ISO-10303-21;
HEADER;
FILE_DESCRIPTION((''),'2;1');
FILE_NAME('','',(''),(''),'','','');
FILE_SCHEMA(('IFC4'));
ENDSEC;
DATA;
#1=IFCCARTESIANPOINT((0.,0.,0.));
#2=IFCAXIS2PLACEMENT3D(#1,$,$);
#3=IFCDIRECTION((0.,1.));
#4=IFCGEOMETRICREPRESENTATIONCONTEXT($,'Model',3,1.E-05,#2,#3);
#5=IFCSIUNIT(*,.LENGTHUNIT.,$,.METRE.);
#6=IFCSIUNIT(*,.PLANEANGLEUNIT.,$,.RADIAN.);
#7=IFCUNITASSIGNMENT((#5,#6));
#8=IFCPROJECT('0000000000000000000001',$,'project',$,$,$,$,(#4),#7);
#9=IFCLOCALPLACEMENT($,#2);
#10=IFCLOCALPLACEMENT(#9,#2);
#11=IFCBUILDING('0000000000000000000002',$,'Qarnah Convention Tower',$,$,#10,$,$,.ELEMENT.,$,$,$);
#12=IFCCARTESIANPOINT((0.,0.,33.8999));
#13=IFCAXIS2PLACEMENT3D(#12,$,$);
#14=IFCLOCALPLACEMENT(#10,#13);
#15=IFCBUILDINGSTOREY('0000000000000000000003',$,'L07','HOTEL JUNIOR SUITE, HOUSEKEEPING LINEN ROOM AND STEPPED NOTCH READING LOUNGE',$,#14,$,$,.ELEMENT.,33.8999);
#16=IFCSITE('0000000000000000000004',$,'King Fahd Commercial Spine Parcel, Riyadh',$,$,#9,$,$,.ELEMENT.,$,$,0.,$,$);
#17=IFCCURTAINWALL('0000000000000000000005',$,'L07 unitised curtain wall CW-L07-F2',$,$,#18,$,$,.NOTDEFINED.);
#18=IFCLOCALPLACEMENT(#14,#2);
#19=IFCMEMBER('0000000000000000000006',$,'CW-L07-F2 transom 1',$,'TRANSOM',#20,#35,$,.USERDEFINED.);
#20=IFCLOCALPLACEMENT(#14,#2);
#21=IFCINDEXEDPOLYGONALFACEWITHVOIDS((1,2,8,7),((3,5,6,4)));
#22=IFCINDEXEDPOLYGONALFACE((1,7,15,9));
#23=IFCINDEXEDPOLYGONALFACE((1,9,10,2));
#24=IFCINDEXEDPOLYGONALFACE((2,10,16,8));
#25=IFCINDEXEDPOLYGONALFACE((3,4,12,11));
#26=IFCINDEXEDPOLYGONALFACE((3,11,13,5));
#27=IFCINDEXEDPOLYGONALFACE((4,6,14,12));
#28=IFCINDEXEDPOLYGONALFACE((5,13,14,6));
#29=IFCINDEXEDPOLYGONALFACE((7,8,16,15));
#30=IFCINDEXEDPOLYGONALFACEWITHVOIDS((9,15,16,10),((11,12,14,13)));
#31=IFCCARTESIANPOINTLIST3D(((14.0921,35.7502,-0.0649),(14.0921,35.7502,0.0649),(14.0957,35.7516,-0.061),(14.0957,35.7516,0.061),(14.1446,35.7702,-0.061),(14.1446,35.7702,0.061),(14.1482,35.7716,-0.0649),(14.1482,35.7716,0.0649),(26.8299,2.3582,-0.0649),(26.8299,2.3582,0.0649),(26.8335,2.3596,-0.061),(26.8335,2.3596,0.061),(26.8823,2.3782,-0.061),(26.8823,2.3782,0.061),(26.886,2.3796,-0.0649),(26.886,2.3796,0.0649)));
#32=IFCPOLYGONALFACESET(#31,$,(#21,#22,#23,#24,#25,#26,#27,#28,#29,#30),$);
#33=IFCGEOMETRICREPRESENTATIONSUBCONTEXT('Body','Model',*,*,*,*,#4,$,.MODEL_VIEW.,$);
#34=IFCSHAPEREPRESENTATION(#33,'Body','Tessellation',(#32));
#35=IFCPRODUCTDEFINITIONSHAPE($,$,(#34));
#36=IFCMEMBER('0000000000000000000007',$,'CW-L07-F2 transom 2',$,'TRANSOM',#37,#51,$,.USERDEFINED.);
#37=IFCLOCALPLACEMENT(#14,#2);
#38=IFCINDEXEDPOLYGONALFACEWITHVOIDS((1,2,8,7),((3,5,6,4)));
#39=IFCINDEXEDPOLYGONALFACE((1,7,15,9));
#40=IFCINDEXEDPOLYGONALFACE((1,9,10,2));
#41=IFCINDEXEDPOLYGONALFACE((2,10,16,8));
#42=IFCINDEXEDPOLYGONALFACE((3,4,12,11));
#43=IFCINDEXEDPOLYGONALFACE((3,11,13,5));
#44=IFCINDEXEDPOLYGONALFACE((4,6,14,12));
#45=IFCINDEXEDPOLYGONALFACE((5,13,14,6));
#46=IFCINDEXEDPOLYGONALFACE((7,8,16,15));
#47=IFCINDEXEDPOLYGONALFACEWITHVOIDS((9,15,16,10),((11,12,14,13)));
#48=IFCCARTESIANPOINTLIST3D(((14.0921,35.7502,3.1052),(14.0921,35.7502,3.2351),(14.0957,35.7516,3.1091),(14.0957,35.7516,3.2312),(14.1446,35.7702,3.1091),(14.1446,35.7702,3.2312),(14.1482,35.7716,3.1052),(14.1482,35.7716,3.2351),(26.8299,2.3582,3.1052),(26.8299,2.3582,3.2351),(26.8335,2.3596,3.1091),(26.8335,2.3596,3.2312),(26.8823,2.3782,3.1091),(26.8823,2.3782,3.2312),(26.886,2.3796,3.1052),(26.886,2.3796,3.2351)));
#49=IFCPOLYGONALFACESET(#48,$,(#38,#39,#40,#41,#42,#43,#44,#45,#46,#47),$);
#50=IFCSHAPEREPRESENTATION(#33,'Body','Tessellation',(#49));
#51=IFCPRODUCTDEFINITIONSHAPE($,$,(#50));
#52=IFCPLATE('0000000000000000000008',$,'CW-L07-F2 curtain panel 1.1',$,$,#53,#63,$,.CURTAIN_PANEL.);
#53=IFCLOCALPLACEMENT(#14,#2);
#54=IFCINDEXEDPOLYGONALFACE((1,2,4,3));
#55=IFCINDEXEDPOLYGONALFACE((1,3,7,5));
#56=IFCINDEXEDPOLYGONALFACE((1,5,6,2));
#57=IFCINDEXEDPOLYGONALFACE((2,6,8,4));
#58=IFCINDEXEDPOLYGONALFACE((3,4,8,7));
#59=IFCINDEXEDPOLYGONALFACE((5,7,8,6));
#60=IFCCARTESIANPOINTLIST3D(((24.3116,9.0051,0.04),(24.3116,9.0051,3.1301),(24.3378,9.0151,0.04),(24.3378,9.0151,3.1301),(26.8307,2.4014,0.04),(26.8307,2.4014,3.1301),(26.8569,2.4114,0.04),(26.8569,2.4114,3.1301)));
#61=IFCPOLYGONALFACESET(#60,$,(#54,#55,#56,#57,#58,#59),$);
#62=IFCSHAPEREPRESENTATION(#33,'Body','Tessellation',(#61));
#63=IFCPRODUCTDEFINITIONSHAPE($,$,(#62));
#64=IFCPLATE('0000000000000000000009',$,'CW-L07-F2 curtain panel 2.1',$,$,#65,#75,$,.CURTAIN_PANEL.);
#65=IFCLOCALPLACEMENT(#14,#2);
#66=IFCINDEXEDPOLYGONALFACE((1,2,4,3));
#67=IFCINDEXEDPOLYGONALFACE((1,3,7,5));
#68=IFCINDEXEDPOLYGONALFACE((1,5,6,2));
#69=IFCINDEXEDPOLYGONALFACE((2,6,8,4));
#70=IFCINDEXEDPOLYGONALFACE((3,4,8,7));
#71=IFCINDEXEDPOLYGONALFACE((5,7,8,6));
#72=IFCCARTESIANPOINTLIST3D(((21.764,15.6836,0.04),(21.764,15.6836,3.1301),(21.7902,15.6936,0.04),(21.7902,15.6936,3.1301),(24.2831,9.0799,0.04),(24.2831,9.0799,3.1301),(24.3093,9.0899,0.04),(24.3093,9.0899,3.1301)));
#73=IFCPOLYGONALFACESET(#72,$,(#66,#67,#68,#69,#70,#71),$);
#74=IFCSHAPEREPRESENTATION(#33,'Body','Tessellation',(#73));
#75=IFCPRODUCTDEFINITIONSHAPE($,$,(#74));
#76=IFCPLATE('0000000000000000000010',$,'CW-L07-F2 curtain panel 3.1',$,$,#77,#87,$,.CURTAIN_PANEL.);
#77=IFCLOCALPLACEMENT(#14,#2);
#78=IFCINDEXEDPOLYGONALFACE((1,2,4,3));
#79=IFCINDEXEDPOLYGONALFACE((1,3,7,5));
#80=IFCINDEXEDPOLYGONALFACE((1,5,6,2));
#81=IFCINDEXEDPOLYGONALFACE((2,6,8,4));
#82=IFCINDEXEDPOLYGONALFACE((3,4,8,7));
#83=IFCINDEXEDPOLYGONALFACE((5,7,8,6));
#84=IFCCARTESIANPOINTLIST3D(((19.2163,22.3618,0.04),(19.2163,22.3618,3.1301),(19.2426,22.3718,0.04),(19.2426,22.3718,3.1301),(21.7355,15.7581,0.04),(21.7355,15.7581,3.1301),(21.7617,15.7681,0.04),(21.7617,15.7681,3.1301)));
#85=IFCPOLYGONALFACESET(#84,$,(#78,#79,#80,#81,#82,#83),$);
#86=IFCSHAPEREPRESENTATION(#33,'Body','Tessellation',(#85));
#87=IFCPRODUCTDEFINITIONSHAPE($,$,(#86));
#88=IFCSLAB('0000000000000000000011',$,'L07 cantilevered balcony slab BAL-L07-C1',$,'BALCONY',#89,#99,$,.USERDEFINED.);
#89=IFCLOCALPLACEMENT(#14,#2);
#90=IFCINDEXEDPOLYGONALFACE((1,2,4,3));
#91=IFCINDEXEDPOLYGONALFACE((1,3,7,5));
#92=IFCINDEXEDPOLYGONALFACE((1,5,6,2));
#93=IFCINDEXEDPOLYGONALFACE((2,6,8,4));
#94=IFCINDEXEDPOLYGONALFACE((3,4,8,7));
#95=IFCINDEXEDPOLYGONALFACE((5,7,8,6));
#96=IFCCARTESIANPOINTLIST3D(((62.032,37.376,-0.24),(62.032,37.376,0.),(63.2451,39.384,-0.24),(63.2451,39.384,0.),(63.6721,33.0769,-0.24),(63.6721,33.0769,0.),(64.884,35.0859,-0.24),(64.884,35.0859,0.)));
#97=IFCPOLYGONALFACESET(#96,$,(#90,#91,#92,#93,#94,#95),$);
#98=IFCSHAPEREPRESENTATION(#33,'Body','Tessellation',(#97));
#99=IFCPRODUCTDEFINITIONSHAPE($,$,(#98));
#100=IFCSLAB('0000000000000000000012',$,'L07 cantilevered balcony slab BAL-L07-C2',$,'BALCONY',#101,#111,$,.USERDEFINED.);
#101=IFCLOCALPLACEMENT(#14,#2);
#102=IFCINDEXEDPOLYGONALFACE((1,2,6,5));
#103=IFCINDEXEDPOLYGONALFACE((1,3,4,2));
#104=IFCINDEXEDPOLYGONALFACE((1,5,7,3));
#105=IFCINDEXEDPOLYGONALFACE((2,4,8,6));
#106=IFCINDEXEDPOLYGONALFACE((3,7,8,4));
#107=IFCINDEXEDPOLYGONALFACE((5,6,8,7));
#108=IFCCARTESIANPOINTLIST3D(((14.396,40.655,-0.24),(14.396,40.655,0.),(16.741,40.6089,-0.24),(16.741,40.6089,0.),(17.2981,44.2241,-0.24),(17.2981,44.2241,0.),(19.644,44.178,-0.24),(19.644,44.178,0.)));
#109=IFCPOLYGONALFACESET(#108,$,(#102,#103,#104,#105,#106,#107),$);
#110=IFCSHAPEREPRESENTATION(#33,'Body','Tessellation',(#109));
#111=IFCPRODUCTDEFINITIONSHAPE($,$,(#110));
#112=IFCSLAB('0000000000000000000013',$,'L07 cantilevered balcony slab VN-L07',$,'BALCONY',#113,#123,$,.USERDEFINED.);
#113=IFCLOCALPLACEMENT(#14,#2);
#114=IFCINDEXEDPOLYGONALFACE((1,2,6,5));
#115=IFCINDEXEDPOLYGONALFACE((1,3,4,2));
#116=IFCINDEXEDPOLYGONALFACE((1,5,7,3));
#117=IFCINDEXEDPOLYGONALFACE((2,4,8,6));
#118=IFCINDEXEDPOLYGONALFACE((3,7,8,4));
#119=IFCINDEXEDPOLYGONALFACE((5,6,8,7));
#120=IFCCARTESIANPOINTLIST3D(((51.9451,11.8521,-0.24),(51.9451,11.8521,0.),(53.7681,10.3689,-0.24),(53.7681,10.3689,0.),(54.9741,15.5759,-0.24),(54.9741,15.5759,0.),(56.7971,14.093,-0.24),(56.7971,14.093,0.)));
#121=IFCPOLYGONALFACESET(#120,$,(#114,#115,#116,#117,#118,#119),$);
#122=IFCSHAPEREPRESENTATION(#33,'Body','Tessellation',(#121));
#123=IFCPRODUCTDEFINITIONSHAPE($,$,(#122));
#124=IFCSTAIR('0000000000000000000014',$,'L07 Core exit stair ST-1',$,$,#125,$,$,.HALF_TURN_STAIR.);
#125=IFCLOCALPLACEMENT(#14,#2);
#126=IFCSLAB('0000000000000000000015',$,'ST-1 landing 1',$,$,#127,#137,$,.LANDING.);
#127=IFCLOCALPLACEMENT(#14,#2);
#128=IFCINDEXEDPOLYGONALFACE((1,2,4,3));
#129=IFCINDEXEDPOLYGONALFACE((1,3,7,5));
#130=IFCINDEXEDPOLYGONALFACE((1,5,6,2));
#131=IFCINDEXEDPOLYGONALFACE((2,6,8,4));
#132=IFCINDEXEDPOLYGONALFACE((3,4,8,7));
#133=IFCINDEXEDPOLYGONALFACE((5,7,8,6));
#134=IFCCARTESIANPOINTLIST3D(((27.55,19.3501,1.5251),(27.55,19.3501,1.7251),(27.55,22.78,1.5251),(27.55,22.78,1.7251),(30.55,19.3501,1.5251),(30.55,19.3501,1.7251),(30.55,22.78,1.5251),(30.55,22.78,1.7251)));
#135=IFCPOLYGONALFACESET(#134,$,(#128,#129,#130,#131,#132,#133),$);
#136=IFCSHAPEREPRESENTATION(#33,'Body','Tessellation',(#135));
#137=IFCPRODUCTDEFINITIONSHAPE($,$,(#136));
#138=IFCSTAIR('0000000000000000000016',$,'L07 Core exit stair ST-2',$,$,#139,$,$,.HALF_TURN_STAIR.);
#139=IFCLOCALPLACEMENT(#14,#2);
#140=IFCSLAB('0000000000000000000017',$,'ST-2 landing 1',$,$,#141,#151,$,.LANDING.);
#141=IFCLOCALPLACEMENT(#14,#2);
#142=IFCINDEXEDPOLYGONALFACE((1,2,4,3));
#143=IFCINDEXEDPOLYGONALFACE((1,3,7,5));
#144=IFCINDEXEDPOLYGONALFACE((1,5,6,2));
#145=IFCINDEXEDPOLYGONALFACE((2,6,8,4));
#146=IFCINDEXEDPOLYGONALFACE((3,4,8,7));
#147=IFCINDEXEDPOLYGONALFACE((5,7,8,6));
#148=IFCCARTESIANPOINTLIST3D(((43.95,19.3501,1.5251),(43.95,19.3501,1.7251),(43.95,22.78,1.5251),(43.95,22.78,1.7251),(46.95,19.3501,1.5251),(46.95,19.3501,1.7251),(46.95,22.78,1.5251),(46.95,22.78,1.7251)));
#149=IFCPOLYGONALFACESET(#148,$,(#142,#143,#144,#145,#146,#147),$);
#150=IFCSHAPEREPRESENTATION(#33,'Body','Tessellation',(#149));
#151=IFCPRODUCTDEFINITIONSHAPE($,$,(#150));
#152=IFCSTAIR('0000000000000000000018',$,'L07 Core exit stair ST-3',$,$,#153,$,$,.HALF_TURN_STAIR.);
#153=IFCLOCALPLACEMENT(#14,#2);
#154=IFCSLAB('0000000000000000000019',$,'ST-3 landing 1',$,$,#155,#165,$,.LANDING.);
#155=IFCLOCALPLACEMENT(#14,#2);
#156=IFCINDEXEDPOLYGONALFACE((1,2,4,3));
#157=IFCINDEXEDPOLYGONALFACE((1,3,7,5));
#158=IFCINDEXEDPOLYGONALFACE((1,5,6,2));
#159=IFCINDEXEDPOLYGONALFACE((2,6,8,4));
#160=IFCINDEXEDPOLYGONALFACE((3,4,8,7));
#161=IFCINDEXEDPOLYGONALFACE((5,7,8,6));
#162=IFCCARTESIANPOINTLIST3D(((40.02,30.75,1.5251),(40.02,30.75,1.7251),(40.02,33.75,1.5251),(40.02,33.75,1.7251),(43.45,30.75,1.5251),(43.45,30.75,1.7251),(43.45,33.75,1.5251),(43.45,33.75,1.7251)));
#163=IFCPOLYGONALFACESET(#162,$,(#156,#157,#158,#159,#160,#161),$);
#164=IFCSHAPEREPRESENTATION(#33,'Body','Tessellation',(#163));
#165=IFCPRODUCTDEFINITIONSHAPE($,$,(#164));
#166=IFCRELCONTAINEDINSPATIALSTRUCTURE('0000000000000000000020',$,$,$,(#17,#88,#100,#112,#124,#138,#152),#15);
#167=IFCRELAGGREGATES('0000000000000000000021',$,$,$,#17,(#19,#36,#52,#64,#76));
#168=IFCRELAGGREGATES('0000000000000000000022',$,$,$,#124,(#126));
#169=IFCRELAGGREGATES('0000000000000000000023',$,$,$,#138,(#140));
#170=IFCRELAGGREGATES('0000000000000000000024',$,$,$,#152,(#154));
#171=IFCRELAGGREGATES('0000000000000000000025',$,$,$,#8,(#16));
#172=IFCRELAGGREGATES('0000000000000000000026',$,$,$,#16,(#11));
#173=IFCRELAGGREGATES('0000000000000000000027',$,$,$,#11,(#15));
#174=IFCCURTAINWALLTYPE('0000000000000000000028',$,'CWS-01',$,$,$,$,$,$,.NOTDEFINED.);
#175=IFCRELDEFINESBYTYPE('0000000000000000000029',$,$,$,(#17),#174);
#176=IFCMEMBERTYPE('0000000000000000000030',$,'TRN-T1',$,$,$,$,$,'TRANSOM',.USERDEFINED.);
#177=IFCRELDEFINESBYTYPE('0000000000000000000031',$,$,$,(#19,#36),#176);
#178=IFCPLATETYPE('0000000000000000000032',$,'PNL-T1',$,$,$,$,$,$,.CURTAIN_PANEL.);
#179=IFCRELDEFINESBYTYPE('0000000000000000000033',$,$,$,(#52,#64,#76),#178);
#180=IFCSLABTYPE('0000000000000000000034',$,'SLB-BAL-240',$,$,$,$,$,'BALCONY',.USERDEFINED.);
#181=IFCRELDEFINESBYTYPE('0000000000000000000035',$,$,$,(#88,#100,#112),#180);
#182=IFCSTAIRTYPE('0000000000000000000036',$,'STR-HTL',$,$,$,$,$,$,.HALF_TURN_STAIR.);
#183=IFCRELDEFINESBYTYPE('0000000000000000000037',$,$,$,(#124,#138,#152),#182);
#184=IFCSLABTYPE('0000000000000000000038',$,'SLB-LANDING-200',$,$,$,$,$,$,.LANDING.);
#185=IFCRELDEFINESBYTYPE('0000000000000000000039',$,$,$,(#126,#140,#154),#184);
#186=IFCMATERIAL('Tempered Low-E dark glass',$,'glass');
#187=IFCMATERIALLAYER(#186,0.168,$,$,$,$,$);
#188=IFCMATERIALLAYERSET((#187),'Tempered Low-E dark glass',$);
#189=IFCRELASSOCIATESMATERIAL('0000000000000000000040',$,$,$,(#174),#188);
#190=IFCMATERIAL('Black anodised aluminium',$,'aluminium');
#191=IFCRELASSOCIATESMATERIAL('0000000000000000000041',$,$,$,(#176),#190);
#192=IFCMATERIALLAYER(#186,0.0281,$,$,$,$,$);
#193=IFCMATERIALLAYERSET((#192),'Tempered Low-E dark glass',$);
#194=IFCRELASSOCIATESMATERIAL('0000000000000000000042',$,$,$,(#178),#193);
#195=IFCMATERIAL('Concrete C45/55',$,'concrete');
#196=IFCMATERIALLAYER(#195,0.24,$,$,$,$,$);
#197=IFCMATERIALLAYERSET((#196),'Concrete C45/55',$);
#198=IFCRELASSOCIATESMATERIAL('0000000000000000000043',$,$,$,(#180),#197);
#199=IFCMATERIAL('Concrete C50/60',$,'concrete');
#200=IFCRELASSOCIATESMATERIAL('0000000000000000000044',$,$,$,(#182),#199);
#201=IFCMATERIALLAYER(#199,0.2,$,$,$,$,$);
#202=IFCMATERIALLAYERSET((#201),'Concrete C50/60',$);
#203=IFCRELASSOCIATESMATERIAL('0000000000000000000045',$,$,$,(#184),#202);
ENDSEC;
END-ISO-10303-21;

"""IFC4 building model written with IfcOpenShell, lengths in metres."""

from ifc_helpers import new_model, si_unit, direction, frame, origin, origin_2d, place, context, subcontext, project, spatial, polyline, rectangle, hollow_rectangle, outline, extrude, material, layer, layer_set, material_profile, profile_set, type_object, element, aggregate, save


model = new_model("IFC4")

# Units and contexts
model_context = context("Model", 3, precision=1e-05, world=origin(), true_north=direction((0.0, 1.0)))
body_context = subcontext(model_context, "Body", "Model", "MODEL_VIEW")
ifc_project = project(units=[si_unit("LENGTHUNIT", "METRE"), si_unit("PLANEANGLEUNIT", "RADIAN")], contexts=[model_context])

# Site, building, storey
site_placement = place(None, origin())
site = spatial("IfcSite", under=ifc_project, at=site_placement, Name="King Fahd Commercial Spine Parcel, Riyadh", CompositionType="ELEMENT", RefElevation=0.0)
building_placement = place(site_placement, origin())
building = spatial("IfcBuilding", under=site, at=building_placement, Name="Qarnah Convention Tower", CompositionType="ELEMENT")
storey_placement = place(building_placement, frame((0.0, 0.0, 33.8999)))
storey = spatial("IfcBuildingStorey", under=building, at=storey_placement, Name="L07", Description="HOTEL JUNIOR SUITE, HOUSEKEEPING LINEN ROOM AND STEPPED NOTCH READING LOUNGE", CompositionType="ELEMENT", Elevation=33.8999)

# Curtain wall, members, plates
ifc_material_1 = material(Name="Tempered Low-E dark glass", Category="glass")
ifc_layer_1 = layer(ifc_material_1, 0.168)
ifc_layer_set_1 = layer_set([ifc_layer_1], Name="Tempered Low-E dark glass")
curtain_wall_type = type_object("IfcCurtainWallType", Name="CWS-01", PredefinedType="NOTDEFINED", material=ifc_layer_set_1)
curtain_wall_placement = place(storey_placement, origin())
curtain_wall = element("IfcCurtainWall", 1, at=curtain_wall_placement, inside=storey, type_object=curtain_wall_type, Name="L07 unitised curtain wall CW-L07-F2", PredefinedType="NOTDEFINED")
ifc_material_2 = material(Name="Black anodised aluminium", Category="aluminium")
ifc_material_profile_1 = material_profile(ifc_material_2, hollow_rectangle(XDim=0.0601, YDim=0.1299, WallThickness=0.0039, at=origin_2d()), Name="TRN-60X130")
ifc_profile_set_1 = profile_set([ifc_material_profile_1], Name="Black anodised aluminium")
member_type_1 = type_object("IfcMemberType", Name="TRN-T1", ElementType="TRANSOM", PredefinedType="USERDEFINED", material=ifc_profile_set_1)
member_1_placement = place(storey_placement, frame((26.8579, 2.3689, 0.0), z_axis=(-0.356411, 0.934329, 0.0), x_axis=(-0.934329, -0.356411, 0.0)))
member_1 = element("IfcMember", 2, at=member_1_placement, type_object=member_type_1, Name="CW-L07-F2 transom 1", ObjectType="TRANSOM", PredefinedType="USERDEFINED", context=body_context, shape_type="SweptSolid", body=[
    extrude(hollow_rectangle(XDim=0.0601, YDim=0.1299, WallThickness=0.0039, at=origin_2d()), origin(), (0.0, 0.0, 1.0), 35.739),
])
member_2_placement = place(storey_placement, frame((26.8579, 2.3689, 3.1702), z_axis=(-0.356411, 0.934329, 0.0), x_axis=(-0.934329, -0.356411, 0.0)))
member_2 = element("IfcMember", 3, at=member_2_placement, type_object=member_type_1, Name="CW-L07-F2 transom 2", ObjectType="TRANSOM", PredefinedType="USERDEFINED", context=body_context, shape_type="SweptSolid", body=[
    extrude(hollow_rectangle(XDim=0.0601, YDim=0.1299, WallThickness=0.0039, at=origin_2d()), origin(), (0.0, 0.0, 1.0), 35.739),
])
ifc_layer_2 = layer(ifc_material_1, 0.0281)
ifc_layer_set_2 = layer_set([ifc_layer_2], Name="Tempered Low-E dark glass")
plate_type = type_object("IfcPlateType", Name="PNL-T1", PredefinedType="CURTAIN_PANEL", material=ifc_layer_set_2)
plate_1_placement = place(storey_placement, frame((25.5842, 5.7083, 0.04), z_axis=(0.0, 0.0, 1.0), x_axis=(-0.356416, 0.934327, 0.0)))
plate_1 = element("IfcPlate", 4, at=plate_1_placement, type_object=plate_type, Name="CW-L07-F2 curtain panel 1.1", PredefinedType="CURTAIN_PANEL", context=body_context, shape_type="SweptSolid", body=[
    extrude(rectangle(XDim=7.0679, YDim=0.0281, at=origin_2d()), origin(), (0.0, 0.0, 1.0), 3.0901),
])
plate_2_placement = place(storey_placement, frame((23.0366, 12.3867, 0.04), z_axis=(0.0, 0.0, 1.0), x_axis=(-0.356416, 0.934327, 0.0)))
plate_2 = element("IfcPlate", 5, at=plate_2_placement, type_object=plate_type, Name="CW-L07-F2 curtain panel 2.1", PredefinedType="CURTAIN_PANEL", context=body_context, shape_type="SweptSolid", body=[
    extrude(rectangle(XDim=7.0679, YDim=0.0281, at=origin_2d()), origin(), (0.0, 0.0, 1.0), 3.0901),
])
plate_3_placement = place(storey_placement, frame((20.489, 19.0649, 0.04), z_axis=(0.0, 0.0, 1.0), x_axis=(-0.356416, 0.934327, 0.0)))
plate_3 = element("IfcPlate", 6, at=plate_3_placement, type_object=plate_type, Name="CW-L07-F2 curtain panel 3.1", PredefinedType="CURTAIN_PANEL", context=body_context, shape_type="SweptSolid", body=[
    extrude(rectangle(XDim=7.0679, YDim=0.0281, at=origin_2d()), origin(), (0.0, 0.0, 1.0), 3.0901),
])
aggregate(curtain_wall, [member_1, member_2, plate_1, plate_2, plate_3])

# Slabs
ifc_material_3 = material(Name="Concrete C45/55", Category="concrete")
ifc_layer_3 = layer(ifc_material_3, 0.24)
ifc_layer_set_3 = layer_set([ifc_layer_3], Name="Concrete C45/55")
slab_type_1 = type_object("IfcSlabType", Name="SLB-BAL-240", ElementType="BALCONY", PredefinedType="USERDEFINED", material=ifc_layer_set_3)
slab_1_placement = place(storey_placement, frame((0.0, 0.0, -0.24)))
element("IfcSlab", 7, at=slab_1_placement, inside=storey, type_object=slab_type_1, Name="L07 cantilevered balcony slab BAL-L07-C1", ObjectType="BALCONY", PredefinedType="USERDEFINED", context=body_context, shape_type="SweptSolid", body=[
    extrude(outline(polyline([(63.2451, 39.384), (64.884, 35.0859), (63.6721, 33.0769), (62.032, 37.376), (63.2451, 39.384)])), origin(), (0.0, 0.0, 1.0), 0.24),
])
slab_2_placement = place(storey_placement, frame((0.0, 0.0, -0.24)))
element("IfcSlab", 8, at=slab_2_placement, inside=storey, type_object=slab_type_1, Name="L07 cantilevered balcony slab BAL-L07-C2", ObjectType="BALCONY", PredefinedType="USERDEFINED", context=body_context, shape_type="SweptSolid", body=[
    extrude(outline(polyline([(14.396, 40.655), (17.2981, 44.2241), (19.644, 44.178), (16.741, 40.6089), (14.396, 40.655)])), origin(), (0.0, 0.0, 1.0), 0.24),
])
slab_3_placement = place(storey_placement, frame((0.0, 0.0, -0.24)))
element("IfcSlab", 9, at=slab_3_placement, inside=storey, type_object=slab_type_1, Name="L07 cantilevered balcony slab VN-L07", ObjectType="BALCONY", PredefinedType="USERDEFINED", context=body_context, shape_type="SweptSolid", body=[
    extrude(outline(polyline([(54.9741, 15.5759), (56.7971, 14.093), (53.7681, 10.3689), (51.9451, 11.8521), (54.9741, 15.5759)])), origin(), (0.0, 0.0, 1.0), 0.24),
])

# Stairs, slabs
ifc_material_4 = material(Name="Concrete C50/60", Category="concrete")
stair_type = type_object("IfcStairType", Name="STR-HTL", PredefinedType="HALF_TURN_STAIR", material=ifc_material_4)
stair_1_placement = place(storey_placement, origin())
stair_1 = element("IfcStair", 10, at=stair_1_placement, inside=storey, type_object=stair_type, Name="L07 Core exit stair ST-1", PredefinedType="HALF_TURN_STAIR")
ifc_layer_4 = layer(ifc_material_4, 0.2)
ifc_layer_set_4 = layer_set([ifc_layer_4], Name="Concrete C50/60")
slab_type_2 = type_object("IfcSlabType", Name="SLB-LANDING-200", PredefinedType="LANDING", material=ifc_layer_set_4)
slab_4_placement = place(storey_placement, frame((0.0, 0.0, 1.5251)))
slab_4 = element("IfcSlab", 11, at=slab_4_placement, type_object=slab_type_2, Name="ST-1 landing 1", PredefinedType="LANDING", context=body_context, shape_type="SweptSolid", body=[
    extrude(outline(polyline([(27.55, 22.78), (27.55, 19.3501), (30.55, 19.3501), (30.55, 22.78), (27.55, 22.78)])), origin(), (0.0, 0.0, 1.0), 0.2),
])
aggregate(stair_1, [slab_4])
stair_2_placement = place(storey_placement, origin())
stair_2 = element("IfcStair", 12, at=stair_2_placement, inside=storey, type_object=stair_type, Name="L07 Core exit stair ST-2", PredefinedType="HALF_TURN_STAIR")
slab_5_placement = place(storey_placement, frame((0.0, 0.0, 1.5251)))
slab_5 = element("IfcSlab", 13, at=slab_5_placement, type_object=slab_type_2, Name="ST-2 landing 1", PredefinedType="LANDING", context=body_context, shape_type="SweptSolid", body=[
    extrude(outline(polyline([(43.95, 22.78), (43.95, 19.3501), (46.95, 19.3501), (46.95, 22.78), (43.95, 22.78)])), origin(), (0.0, 0.0, 1.0), 0.2),
])
aggregate(stair_2, [slab_5])
stair_3_placement = place(storey_placement, origin())
stair_3 = element("IfcStair", 14, at=stair_3_placement, inside=storey, type_object=stair_type, Name="L07 Core exit stair ST-3", PredefinedType="HALF_TURN_STAIR")
slab_6_placement = place(storey_placement, frame((0.0, 0.0, 1.5251)))
slab_6 = element("IfcSlab", 15, at=slab_6_placement, type_object=slab_type_2, Name="ST-3 landing 1", PredefinedType="LANDING", context=body_context, shape_type="SweptSolid", body=[
    extrude(outline(polyline([(40.02, 30.75), (43.45, 30.75), (43.45, 33.75), (40.02, 33.75), (40.02, 30.75)])), origin(), (0.0, 0.0, 1.0), 0.2),
])
aggregate(stair_3, [slab_6])

save(model, "model.ifc")
